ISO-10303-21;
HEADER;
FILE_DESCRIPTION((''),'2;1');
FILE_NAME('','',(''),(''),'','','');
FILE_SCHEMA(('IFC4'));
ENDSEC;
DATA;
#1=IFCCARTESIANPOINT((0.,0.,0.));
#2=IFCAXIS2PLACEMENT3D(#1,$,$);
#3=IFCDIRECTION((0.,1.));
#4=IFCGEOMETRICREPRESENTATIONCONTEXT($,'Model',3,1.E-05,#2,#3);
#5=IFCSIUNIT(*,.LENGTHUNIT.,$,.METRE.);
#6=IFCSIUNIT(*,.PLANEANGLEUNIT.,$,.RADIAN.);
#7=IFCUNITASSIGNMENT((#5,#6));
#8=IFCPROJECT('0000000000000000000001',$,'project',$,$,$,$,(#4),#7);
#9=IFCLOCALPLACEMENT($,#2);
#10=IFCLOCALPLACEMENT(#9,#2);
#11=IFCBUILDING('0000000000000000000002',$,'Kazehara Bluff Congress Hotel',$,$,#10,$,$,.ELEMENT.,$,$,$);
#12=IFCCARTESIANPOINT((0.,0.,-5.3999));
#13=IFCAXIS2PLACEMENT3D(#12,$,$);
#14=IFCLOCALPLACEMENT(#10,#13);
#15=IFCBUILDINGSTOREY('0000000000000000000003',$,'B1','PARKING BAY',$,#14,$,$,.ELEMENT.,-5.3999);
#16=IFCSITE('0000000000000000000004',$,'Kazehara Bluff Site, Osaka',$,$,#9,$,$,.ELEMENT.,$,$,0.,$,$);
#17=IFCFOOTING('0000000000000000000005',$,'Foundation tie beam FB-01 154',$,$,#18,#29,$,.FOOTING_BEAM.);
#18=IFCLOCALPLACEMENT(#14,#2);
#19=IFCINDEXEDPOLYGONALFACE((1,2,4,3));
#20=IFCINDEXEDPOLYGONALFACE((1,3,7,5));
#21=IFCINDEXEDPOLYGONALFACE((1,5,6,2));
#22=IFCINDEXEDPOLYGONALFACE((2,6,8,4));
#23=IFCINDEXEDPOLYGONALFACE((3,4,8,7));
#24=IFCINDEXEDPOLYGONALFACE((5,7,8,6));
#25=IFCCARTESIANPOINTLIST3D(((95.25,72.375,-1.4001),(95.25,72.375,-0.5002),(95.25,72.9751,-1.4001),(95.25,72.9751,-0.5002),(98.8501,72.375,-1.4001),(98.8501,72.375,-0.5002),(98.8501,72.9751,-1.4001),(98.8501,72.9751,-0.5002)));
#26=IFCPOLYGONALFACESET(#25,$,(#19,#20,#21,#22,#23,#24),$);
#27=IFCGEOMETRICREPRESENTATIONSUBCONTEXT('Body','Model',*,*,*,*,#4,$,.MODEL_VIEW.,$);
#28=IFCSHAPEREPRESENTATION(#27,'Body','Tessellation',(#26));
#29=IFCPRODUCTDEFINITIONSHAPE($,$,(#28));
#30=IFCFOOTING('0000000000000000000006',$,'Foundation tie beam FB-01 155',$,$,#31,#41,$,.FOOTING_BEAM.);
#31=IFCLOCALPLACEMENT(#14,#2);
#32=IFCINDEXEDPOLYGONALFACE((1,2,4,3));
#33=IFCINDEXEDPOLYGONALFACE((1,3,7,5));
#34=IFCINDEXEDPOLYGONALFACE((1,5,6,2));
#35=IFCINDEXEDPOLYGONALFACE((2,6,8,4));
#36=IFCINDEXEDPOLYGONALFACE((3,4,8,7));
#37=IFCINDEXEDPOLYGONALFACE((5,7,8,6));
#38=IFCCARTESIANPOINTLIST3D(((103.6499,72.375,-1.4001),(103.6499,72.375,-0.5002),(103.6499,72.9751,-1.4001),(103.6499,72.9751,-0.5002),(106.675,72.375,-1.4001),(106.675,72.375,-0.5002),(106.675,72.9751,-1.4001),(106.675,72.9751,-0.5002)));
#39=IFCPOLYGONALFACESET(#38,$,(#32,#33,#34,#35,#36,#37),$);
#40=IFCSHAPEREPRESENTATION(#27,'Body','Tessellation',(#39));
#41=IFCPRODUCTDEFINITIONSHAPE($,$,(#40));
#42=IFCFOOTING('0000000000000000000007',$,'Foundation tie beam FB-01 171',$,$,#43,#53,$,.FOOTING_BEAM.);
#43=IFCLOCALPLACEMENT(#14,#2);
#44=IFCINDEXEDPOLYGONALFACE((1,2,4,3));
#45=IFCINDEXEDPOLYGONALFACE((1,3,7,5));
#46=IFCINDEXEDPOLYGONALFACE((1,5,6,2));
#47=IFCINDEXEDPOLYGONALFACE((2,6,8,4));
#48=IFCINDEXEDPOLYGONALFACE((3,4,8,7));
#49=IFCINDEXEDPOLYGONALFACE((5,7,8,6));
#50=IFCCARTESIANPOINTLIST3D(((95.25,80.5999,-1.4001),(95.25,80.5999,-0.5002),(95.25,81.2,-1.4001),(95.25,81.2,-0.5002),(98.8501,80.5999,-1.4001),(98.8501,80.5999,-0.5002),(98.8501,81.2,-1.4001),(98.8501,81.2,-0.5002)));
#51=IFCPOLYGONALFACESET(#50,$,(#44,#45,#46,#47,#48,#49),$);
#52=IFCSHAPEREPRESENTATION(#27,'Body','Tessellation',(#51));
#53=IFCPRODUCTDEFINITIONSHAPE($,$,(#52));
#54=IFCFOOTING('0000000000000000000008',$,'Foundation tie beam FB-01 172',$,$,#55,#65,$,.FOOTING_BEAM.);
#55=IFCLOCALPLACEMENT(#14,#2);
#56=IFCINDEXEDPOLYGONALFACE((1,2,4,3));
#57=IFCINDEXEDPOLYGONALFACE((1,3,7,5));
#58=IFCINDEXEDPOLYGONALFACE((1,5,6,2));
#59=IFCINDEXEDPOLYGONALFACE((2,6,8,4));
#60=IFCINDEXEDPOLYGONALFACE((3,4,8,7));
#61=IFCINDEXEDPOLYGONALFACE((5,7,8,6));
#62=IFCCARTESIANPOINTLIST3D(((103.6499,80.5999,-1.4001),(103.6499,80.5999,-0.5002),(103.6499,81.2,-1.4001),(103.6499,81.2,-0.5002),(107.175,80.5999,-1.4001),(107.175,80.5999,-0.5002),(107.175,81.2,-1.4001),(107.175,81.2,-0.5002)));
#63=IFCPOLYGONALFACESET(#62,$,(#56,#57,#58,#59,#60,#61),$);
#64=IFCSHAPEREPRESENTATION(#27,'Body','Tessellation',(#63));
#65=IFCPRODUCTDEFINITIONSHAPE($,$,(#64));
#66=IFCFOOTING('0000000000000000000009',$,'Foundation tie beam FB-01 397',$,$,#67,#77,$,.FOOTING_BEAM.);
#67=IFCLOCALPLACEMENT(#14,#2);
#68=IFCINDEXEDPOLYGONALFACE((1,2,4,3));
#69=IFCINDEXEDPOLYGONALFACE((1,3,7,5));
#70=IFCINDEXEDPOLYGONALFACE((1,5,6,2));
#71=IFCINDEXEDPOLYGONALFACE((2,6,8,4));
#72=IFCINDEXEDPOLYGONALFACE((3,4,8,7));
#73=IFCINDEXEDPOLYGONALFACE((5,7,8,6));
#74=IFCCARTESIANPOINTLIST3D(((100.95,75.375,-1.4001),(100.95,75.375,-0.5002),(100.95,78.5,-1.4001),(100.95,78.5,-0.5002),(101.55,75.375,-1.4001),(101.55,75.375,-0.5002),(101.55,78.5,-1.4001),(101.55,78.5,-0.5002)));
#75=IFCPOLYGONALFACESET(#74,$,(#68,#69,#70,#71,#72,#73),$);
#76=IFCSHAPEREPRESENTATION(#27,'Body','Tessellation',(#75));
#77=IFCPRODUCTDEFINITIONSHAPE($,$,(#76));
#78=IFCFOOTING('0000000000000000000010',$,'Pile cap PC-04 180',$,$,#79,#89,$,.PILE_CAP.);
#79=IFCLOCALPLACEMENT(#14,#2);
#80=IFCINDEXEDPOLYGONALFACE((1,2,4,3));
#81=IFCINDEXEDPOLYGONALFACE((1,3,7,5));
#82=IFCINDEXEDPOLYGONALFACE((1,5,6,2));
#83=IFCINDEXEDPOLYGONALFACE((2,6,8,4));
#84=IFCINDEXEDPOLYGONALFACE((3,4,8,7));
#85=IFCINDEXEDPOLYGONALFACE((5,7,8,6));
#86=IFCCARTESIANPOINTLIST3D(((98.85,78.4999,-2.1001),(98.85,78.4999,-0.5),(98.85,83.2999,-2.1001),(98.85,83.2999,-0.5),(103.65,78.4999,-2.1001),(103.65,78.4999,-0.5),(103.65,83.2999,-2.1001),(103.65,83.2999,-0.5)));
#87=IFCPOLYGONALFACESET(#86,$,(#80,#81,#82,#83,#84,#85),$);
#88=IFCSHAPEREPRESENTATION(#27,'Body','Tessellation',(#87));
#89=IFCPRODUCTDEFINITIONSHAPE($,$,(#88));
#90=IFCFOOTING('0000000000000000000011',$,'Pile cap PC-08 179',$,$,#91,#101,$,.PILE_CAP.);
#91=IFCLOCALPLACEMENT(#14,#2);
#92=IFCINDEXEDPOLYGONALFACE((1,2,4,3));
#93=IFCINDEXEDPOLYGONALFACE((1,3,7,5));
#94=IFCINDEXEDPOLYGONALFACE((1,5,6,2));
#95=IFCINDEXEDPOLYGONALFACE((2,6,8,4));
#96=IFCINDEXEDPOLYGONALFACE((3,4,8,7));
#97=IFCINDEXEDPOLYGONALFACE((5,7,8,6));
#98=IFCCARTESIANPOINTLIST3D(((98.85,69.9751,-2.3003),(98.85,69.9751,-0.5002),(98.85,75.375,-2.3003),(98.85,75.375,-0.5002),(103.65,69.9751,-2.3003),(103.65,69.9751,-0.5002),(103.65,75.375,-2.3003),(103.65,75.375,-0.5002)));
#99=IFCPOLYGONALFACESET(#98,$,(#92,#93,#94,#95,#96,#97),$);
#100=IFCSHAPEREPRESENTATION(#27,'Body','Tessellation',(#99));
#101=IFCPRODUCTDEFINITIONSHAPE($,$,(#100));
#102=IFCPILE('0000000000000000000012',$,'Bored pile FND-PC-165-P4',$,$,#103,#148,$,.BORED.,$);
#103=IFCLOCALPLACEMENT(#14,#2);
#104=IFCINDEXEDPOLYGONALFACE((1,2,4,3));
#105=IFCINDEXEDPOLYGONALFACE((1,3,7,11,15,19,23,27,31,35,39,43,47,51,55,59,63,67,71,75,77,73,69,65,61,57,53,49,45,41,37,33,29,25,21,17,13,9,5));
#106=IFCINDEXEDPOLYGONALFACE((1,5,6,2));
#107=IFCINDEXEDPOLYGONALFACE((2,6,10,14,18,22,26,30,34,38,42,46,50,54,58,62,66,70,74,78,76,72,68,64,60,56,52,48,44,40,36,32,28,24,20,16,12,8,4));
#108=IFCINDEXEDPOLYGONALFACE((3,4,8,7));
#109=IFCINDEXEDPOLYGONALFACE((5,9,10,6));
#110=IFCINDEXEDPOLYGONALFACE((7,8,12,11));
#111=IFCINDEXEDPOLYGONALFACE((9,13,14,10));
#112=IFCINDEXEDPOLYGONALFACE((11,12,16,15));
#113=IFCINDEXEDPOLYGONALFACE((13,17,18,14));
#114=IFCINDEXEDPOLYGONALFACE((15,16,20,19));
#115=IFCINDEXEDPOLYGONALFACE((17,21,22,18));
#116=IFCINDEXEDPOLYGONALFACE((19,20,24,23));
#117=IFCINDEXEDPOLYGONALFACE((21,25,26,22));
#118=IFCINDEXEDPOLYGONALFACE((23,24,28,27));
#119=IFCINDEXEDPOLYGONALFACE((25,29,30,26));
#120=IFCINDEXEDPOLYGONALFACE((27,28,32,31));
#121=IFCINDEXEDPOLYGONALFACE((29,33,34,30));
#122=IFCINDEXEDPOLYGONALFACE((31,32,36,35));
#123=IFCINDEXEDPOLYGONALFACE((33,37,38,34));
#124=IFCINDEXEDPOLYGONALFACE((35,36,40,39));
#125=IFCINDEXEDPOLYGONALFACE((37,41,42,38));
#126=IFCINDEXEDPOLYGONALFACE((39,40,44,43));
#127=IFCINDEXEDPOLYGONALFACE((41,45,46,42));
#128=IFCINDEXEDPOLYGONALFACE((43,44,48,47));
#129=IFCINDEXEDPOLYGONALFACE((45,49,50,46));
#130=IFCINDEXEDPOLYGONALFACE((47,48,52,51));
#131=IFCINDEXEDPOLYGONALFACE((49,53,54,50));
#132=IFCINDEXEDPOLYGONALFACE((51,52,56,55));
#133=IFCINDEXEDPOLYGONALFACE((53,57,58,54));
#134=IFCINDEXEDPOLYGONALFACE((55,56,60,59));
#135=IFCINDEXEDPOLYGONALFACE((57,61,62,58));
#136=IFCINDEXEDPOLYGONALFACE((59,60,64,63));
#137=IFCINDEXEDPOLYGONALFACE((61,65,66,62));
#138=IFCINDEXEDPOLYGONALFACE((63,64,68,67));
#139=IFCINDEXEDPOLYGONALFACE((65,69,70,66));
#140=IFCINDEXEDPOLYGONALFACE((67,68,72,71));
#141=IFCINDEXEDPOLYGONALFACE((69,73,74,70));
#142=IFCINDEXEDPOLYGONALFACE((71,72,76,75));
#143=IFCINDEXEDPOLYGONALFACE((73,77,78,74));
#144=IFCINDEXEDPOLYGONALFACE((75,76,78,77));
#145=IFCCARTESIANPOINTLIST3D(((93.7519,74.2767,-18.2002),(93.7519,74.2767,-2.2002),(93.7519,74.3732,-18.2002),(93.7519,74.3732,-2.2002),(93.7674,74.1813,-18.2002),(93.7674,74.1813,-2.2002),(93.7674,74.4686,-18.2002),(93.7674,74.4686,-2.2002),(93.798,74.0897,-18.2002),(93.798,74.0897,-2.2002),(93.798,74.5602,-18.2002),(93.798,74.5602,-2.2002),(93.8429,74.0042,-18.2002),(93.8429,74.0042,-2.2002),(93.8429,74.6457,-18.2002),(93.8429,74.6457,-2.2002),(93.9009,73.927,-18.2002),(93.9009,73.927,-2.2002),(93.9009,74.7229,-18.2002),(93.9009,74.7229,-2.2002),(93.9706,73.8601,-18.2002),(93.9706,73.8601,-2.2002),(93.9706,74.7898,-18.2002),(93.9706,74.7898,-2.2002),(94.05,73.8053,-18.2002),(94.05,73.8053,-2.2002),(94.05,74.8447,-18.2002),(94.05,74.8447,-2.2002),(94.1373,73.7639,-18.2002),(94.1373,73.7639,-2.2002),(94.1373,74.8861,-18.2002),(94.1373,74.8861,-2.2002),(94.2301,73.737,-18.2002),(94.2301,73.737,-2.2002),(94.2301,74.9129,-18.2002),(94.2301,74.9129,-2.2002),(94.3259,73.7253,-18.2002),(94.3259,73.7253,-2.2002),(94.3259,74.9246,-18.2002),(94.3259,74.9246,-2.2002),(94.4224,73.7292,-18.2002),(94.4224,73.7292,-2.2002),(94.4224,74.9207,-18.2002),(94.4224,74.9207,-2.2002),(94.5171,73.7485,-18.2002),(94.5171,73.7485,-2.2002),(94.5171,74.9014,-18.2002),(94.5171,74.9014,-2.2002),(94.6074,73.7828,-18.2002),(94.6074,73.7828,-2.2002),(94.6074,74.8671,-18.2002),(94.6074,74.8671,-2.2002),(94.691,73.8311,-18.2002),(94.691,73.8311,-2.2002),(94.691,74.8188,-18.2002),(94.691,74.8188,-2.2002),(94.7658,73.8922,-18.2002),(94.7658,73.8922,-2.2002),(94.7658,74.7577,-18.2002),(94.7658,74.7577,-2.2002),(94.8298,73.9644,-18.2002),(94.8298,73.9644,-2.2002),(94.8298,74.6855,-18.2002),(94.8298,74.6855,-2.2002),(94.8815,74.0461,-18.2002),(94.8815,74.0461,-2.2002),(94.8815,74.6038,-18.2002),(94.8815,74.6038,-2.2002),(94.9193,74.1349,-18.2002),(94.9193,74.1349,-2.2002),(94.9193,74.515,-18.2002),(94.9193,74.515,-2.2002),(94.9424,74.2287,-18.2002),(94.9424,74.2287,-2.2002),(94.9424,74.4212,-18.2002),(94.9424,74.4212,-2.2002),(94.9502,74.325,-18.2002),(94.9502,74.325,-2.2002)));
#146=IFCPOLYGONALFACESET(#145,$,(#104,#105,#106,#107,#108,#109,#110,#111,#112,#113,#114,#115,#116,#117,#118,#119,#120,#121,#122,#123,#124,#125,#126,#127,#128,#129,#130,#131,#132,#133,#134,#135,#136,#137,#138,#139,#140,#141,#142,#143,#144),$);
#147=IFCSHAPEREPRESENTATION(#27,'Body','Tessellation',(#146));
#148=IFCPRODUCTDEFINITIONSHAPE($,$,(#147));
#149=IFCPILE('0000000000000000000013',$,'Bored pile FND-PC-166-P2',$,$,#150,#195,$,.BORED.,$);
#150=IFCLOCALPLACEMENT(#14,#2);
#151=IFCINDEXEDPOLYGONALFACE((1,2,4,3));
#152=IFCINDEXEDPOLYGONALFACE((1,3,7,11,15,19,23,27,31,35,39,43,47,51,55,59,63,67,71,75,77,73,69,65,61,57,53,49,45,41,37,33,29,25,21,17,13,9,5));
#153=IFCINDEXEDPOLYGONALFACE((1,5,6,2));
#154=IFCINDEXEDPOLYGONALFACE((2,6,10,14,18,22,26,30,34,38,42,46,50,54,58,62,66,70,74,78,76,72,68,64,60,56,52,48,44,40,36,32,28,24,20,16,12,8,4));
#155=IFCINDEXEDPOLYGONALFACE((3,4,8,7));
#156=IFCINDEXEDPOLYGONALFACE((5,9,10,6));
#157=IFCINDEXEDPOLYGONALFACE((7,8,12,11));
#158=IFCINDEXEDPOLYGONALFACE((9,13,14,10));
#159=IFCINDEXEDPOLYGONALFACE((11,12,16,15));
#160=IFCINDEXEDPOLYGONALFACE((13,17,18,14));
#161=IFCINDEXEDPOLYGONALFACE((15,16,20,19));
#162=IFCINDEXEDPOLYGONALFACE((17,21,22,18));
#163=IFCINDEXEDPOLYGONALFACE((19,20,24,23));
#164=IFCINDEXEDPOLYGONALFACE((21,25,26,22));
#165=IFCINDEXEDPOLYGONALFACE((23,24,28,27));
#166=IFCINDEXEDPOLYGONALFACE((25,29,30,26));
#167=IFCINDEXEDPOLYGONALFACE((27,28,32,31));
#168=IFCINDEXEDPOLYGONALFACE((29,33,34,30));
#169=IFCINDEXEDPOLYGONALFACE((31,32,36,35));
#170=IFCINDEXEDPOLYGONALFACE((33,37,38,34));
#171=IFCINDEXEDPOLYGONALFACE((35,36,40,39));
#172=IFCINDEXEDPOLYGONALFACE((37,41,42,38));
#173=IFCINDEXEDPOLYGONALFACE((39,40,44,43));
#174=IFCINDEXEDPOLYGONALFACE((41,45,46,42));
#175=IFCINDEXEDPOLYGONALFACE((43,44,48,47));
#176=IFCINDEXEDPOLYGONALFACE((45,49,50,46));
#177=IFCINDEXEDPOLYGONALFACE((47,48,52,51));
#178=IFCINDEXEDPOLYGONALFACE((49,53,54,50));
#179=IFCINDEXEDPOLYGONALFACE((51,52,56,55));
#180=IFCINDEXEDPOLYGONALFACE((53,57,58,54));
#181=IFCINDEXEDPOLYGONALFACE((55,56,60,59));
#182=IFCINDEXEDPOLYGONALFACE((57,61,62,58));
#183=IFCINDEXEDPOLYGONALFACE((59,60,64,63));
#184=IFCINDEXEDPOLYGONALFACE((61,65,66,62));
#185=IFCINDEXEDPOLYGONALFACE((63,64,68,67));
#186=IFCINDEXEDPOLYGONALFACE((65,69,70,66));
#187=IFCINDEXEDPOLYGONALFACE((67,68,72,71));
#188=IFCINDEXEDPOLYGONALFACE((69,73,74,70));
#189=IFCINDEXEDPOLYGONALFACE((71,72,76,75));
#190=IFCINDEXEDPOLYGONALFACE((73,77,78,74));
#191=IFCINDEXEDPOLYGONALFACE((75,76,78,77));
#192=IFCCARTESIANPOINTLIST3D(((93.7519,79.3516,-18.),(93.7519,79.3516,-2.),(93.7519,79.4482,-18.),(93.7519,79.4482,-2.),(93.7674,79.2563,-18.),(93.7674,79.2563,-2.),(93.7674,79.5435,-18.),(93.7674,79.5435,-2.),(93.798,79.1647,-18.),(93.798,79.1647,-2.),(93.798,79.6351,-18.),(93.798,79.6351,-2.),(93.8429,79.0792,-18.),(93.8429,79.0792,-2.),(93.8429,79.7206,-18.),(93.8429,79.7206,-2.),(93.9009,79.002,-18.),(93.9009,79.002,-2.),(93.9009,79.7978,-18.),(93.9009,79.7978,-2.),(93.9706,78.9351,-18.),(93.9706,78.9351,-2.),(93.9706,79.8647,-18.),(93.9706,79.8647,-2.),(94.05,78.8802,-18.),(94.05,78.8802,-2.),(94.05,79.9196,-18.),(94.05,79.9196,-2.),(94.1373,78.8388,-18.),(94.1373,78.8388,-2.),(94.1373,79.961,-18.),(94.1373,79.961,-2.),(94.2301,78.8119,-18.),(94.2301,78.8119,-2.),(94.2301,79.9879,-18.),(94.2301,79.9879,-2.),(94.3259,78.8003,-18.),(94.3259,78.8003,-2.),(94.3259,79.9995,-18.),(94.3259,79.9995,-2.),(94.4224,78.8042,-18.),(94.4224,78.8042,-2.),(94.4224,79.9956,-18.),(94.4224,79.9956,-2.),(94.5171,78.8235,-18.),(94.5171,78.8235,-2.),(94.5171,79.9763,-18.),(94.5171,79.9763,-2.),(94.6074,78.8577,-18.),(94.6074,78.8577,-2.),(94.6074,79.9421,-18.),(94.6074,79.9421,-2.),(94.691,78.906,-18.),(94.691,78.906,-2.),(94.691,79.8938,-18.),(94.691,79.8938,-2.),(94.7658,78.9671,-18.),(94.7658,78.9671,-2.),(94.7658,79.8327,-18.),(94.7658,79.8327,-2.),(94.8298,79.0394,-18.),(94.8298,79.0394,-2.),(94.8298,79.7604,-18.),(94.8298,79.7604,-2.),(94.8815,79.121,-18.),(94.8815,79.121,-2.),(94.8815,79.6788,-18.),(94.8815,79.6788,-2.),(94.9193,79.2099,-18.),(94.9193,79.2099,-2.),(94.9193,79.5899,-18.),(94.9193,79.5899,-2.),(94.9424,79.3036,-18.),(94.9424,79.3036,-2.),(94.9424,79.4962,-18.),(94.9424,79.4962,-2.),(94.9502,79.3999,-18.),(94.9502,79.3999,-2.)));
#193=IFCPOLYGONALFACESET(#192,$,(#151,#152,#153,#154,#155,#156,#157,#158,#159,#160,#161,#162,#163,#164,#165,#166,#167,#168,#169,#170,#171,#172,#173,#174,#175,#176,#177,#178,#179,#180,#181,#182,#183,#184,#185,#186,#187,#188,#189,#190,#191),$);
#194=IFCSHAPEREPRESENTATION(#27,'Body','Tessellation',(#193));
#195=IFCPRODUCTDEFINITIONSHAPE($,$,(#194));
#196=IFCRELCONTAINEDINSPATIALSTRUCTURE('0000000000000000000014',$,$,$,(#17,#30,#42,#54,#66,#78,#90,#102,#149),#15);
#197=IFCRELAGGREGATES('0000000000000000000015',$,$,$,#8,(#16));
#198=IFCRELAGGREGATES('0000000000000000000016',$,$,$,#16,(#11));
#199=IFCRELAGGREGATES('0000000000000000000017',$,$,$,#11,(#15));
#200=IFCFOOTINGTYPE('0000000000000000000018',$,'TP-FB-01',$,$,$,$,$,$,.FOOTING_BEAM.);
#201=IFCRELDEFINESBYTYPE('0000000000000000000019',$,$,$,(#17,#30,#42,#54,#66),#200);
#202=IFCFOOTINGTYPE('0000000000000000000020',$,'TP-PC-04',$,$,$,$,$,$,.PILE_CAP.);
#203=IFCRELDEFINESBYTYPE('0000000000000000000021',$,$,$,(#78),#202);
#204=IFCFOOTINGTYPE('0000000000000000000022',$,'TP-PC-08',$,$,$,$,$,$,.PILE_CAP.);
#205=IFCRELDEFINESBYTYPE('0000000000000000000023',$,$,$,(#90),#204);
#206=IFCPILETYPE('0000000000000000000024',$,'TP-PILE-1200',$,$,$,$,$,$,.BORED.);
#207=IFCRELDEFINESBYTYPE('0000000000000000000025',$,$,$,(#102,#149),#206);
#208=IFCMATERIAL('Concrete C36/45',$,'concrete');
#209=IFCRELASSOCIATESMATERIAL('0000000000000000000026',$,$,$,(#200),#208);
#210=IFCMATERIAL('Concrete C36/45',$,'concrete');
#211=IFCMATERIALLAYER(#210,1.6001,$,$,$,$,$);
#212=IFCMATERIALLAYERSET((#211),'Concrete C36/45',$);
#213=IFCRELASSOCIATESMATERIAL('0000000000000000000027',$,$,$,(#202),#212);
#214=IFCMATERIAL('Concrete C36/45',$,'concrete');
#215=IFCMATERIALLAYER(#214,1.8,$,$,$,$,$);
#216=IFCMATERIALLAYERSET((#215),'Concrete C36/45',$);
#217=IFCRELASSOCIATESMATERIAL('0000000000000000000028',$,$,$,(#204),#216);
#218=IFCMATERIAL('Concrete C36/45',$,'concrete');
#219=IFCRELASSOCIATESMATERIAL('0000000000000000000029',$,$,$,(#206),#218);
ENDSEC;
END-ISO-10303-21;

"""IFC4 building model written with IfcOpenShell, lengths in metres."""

from ifc_helpers import new_model, si_unit, direction, frame, origin, origin_2d, place, context, subcontext, project, spatial, rectangle, circle, extrude, material, layer, layer_set, material_profile, profile_set, type_object, element, save


model = new_model("IFC4")

# Units and contexts
model_context = context("Model", 3, precision=1e-05, world=origin(), true_north=direction((0.0, 1.0)))
body_context = subcontext(model_context, "Body", "Model", "MODEL_VIEW")
ifc_project = project(units=[si_unit("LENGTHUNIT", "METRE"), si_unit("PLANEANGLEUNIT", "RADIAN")], contexts=[model_context])

# Site, building, storey
site_placement = place(None, origin())
site = spatial("IfcSite", under=ifc_project, at=site_placement, Name="Kazehara Bluff Site, Osaka", CompositionType="ELEMENT", RefElevation=0.0)
building_placement = place(site_placement, origin())
building = spatial("IfcBuilding", under=site, at=building_placement, Name="Kazehara Bluff Congress Hotel", CompositionType="ELEMENT")
storey_placement = place(building_placement, frame((0.0, 0.0, -5.3999)))
storey = spatial("IfcBuildingStorey", under=building, at=storey_placement, Name="B1", Description="PARKING BAY", CompositionType="ELEMENT", Elevation=-5.3999)

# Footings
ifc_material_1 = material(Name="Concrete C36/45", Category="concrete")
ifc_material_profile_1 = material_profile(ifc_material_1, rectangle(XDim=0.6001, YDim=0.8999, at=origin_2d()))
ifc_profile_set_1 = profile_set([ifc_material_profile_1], Name="Concrete C36/45")
footing_type_1 = type_object("IfcFootingType", Name="TP-FB-01", PredefinedType="FOOTING_BEAM", material=ifc_profile_set_1)
footing_1_placement = place(storey_placement, frame((95.25, 72.675, -0.9502), z_axis=(1.0, 0.0, 0.0), x_axis=(0.0, 1.0, 0.0)))
element("IfcFooting", 1, at=footing_1_placement, inside=storey, type_object=footing_type_1, Name="Foundation tie beam FB-01 154", PredefinedType="FOOTING_BEAM", context=body_context, shape_type="SweptSolid", body=[
    extrude(rectangle(XDim=0.6001, YDim=0.8999, at=origin_2d()), origin(), (0.0, 0.0, 1.0), 3.6001),
])
footing_2_placement = place(storey_placement, frame((103.6499, 72.675, -0.9502), z_axis=(1.0, 0.0, 0.0), x_axis=(0.0, 1.0, 0.0)))
element("IfcFooting", 2, at=footing_2_placement, inside=storey, type_object=footing_type_1, Name="Foundation tie beam FB-01 155", PredefinedType="FOOTING_BEAM", context=body_context, shape_type="SweptSolid", body=[
    extrude(rectangle(XDim=0.6001, YDim=0.8999, at=origin_2d()), origin(), (0.0, 0.0, 1.0), 3.0251),
])
footing_3_placement = place(storey_placement, frame((95.25, 80.8999, -0.9502), z_axis=(1.0, 0.0, 0.0), x_axis=(0.0, 1.0, 0.0)))
element("IfcFooting", 3, at=footing_3_placement, inside=storey, type_object=footing_type_1, Name="Foundation tie beam FB-01 171", PredefinedType="FOOTING_BEAM", context=body_context, shape_type="SweptSolid", body=[
    extrude(rectangle(XDim=0.6001, YDim=0.8999, at=origin_2d()), origin(), (0.0, 0.0, 1.0), 3.6001),
])
footing_4_placement = place(storey_placement, frame((103.6499, 80.8999, -0.9502), z_axis=(1.0, 0.0, 0.0), x_axis=(0.0, 1.0, 0.0)))
element("IfcFooting", 4, at=footing_4_placement, inside=storey, type_object=footing_type_1, Name="Foundation tie beam FB-01 172", PredefinedType="FOOTING_BEAM", context=body_context, shape_type="SweptSolid", body=[
    extrude(rectangle(XDim=0.6001, YDim=0.8999, at=origin_2d()), origin(), (0.0, 0.0, 1.0), 3.5251),
])
footing_5_placement = place(storey_placement, frame((101.25, 75.375, -0.9502), z_axis=(0.0, 1.0, 0.0), x_axis=(-1.0, 0.0, 0.0)))
element("IfcFooting", 5, at=footing_5_placement, inside=storey, type_object=footing_type_1, Name="Foundation tie beam FB-01 397", PredefinedType="FOOTING_BEAM", context=body_context, shape_type="SweptSolid", body=[
    extrude(rectangle(XDim=0.6001, YDim=0.8999, at=origin_2d()), origin(), (0.0, 0.0, 1.0), 3.125),
])
ifc_material_2 = material(Name="Concrete C36/45", Category="concrete")
ifc_layer_1 = layer(ifc_material_2, 1.6001)
ifc_layer_set_1 = layer_set([ifc_layer_1], Name="Concrete C36/45")
footing_type_2 = type_object("IfcFootingType", Name="TP-PC-04", PredefinedType="PILE_CAP", material=ifc_layer_set_1)
footing_6_placement = place(storey_placement, frame((101.25, 80.8999, -2.1001), z_axis=(0.0, 0.0, 1.0), x_axis=(1.0, 0.0, 0.0)))
element("IfcFooting", 6, at=footing_6_placement, inside=storey, type_object=footing_type_2, Name="Pile cap PC-04 180", PredefinedType="PILE_CAP", context=body_context, shape_type="SweptSolid", body=[
    extrude(rectangle(XDim=4.8, YDim=4.8, at=origin_2d()), origin(), (0.0, 0.0, 1.0), 1.6001),
])
ifc_material_3 = material(Name="Concrete C36/45", Category="concrete")
ifc_layer_2 = layer(ifc_material_3, 1.8)
ifc_layer_set_2 = layer_set([ifc_layer_2], Name="Concrete C36/45")
footing_type_3 = type_object("IfcFootingType", Name="TP-PC-08", PredefinedType="PILE_CAP", material=ifc_layer_set_2)
footing_7_placement = place(storey_placement, frame((101.25, 72.675, -2.3003), z_axis=(0.0, 0.0, 1.0), x_axis=(1.0, 0.0, 0.0)))
element("IfcFooting", 7, at=footing_7_placement, inside=storey, type_object=footing_type_3, Name="Pile cap PC-08 179", PredefinedType="PILE_CAP", context=body_context, shape_type="SweptSolid", body=[
    extrude(rectangle(XDim=4.8, YDim=5.3999, at=origin_2d()), origin(), (0.0, 0.0, 1.0), 1.8),
])

# Piles
ifc_material_4 = material(Name="Concrete C36/45", Category="concrete")
ifc_material_profile_2 = material_profile(ifc_material_4, circle(Radius=0.6001, at=origin_2d()))
ifc_profile_set_2 = profile_set([ifc_material_profile_2], Name="Concrete C36/45")
pile_type = type_object("IfcPileType", Name="TP-PILE-1200", PredefinedType="BORED", material=ifc_profile_set_2)
for number, where, z_axis, x_axis, name in (
    (8, (94.3501, 74.325, -2.2002), (0.0, 0.0, -1.0), (1.0, 0.0, 0.0), "Bored pile FND-PC-165-P4"),
    (9, (94.3501, 79.3999, -2.0), (0.0, 0.0, -1.0), (1.0, 0.0, 0.0), "Bored pile FND-PC-166-P2"),
):
    element("IfcPile", number, at=place(storey_placement, frame(where, z_axis=z_axis, x_axis=x_axis)), inside=storey, type_object=pile_type, Name=name, PredefinedType="BORED", context=body_context, shape_type="SweptSolid", body=[
        extrude(circle(Radius=0.6001, at=origin_2d()), origin(), (0.0, 0.0, 1.0), 16.0),
    ])

save(model, "model.ifc")
